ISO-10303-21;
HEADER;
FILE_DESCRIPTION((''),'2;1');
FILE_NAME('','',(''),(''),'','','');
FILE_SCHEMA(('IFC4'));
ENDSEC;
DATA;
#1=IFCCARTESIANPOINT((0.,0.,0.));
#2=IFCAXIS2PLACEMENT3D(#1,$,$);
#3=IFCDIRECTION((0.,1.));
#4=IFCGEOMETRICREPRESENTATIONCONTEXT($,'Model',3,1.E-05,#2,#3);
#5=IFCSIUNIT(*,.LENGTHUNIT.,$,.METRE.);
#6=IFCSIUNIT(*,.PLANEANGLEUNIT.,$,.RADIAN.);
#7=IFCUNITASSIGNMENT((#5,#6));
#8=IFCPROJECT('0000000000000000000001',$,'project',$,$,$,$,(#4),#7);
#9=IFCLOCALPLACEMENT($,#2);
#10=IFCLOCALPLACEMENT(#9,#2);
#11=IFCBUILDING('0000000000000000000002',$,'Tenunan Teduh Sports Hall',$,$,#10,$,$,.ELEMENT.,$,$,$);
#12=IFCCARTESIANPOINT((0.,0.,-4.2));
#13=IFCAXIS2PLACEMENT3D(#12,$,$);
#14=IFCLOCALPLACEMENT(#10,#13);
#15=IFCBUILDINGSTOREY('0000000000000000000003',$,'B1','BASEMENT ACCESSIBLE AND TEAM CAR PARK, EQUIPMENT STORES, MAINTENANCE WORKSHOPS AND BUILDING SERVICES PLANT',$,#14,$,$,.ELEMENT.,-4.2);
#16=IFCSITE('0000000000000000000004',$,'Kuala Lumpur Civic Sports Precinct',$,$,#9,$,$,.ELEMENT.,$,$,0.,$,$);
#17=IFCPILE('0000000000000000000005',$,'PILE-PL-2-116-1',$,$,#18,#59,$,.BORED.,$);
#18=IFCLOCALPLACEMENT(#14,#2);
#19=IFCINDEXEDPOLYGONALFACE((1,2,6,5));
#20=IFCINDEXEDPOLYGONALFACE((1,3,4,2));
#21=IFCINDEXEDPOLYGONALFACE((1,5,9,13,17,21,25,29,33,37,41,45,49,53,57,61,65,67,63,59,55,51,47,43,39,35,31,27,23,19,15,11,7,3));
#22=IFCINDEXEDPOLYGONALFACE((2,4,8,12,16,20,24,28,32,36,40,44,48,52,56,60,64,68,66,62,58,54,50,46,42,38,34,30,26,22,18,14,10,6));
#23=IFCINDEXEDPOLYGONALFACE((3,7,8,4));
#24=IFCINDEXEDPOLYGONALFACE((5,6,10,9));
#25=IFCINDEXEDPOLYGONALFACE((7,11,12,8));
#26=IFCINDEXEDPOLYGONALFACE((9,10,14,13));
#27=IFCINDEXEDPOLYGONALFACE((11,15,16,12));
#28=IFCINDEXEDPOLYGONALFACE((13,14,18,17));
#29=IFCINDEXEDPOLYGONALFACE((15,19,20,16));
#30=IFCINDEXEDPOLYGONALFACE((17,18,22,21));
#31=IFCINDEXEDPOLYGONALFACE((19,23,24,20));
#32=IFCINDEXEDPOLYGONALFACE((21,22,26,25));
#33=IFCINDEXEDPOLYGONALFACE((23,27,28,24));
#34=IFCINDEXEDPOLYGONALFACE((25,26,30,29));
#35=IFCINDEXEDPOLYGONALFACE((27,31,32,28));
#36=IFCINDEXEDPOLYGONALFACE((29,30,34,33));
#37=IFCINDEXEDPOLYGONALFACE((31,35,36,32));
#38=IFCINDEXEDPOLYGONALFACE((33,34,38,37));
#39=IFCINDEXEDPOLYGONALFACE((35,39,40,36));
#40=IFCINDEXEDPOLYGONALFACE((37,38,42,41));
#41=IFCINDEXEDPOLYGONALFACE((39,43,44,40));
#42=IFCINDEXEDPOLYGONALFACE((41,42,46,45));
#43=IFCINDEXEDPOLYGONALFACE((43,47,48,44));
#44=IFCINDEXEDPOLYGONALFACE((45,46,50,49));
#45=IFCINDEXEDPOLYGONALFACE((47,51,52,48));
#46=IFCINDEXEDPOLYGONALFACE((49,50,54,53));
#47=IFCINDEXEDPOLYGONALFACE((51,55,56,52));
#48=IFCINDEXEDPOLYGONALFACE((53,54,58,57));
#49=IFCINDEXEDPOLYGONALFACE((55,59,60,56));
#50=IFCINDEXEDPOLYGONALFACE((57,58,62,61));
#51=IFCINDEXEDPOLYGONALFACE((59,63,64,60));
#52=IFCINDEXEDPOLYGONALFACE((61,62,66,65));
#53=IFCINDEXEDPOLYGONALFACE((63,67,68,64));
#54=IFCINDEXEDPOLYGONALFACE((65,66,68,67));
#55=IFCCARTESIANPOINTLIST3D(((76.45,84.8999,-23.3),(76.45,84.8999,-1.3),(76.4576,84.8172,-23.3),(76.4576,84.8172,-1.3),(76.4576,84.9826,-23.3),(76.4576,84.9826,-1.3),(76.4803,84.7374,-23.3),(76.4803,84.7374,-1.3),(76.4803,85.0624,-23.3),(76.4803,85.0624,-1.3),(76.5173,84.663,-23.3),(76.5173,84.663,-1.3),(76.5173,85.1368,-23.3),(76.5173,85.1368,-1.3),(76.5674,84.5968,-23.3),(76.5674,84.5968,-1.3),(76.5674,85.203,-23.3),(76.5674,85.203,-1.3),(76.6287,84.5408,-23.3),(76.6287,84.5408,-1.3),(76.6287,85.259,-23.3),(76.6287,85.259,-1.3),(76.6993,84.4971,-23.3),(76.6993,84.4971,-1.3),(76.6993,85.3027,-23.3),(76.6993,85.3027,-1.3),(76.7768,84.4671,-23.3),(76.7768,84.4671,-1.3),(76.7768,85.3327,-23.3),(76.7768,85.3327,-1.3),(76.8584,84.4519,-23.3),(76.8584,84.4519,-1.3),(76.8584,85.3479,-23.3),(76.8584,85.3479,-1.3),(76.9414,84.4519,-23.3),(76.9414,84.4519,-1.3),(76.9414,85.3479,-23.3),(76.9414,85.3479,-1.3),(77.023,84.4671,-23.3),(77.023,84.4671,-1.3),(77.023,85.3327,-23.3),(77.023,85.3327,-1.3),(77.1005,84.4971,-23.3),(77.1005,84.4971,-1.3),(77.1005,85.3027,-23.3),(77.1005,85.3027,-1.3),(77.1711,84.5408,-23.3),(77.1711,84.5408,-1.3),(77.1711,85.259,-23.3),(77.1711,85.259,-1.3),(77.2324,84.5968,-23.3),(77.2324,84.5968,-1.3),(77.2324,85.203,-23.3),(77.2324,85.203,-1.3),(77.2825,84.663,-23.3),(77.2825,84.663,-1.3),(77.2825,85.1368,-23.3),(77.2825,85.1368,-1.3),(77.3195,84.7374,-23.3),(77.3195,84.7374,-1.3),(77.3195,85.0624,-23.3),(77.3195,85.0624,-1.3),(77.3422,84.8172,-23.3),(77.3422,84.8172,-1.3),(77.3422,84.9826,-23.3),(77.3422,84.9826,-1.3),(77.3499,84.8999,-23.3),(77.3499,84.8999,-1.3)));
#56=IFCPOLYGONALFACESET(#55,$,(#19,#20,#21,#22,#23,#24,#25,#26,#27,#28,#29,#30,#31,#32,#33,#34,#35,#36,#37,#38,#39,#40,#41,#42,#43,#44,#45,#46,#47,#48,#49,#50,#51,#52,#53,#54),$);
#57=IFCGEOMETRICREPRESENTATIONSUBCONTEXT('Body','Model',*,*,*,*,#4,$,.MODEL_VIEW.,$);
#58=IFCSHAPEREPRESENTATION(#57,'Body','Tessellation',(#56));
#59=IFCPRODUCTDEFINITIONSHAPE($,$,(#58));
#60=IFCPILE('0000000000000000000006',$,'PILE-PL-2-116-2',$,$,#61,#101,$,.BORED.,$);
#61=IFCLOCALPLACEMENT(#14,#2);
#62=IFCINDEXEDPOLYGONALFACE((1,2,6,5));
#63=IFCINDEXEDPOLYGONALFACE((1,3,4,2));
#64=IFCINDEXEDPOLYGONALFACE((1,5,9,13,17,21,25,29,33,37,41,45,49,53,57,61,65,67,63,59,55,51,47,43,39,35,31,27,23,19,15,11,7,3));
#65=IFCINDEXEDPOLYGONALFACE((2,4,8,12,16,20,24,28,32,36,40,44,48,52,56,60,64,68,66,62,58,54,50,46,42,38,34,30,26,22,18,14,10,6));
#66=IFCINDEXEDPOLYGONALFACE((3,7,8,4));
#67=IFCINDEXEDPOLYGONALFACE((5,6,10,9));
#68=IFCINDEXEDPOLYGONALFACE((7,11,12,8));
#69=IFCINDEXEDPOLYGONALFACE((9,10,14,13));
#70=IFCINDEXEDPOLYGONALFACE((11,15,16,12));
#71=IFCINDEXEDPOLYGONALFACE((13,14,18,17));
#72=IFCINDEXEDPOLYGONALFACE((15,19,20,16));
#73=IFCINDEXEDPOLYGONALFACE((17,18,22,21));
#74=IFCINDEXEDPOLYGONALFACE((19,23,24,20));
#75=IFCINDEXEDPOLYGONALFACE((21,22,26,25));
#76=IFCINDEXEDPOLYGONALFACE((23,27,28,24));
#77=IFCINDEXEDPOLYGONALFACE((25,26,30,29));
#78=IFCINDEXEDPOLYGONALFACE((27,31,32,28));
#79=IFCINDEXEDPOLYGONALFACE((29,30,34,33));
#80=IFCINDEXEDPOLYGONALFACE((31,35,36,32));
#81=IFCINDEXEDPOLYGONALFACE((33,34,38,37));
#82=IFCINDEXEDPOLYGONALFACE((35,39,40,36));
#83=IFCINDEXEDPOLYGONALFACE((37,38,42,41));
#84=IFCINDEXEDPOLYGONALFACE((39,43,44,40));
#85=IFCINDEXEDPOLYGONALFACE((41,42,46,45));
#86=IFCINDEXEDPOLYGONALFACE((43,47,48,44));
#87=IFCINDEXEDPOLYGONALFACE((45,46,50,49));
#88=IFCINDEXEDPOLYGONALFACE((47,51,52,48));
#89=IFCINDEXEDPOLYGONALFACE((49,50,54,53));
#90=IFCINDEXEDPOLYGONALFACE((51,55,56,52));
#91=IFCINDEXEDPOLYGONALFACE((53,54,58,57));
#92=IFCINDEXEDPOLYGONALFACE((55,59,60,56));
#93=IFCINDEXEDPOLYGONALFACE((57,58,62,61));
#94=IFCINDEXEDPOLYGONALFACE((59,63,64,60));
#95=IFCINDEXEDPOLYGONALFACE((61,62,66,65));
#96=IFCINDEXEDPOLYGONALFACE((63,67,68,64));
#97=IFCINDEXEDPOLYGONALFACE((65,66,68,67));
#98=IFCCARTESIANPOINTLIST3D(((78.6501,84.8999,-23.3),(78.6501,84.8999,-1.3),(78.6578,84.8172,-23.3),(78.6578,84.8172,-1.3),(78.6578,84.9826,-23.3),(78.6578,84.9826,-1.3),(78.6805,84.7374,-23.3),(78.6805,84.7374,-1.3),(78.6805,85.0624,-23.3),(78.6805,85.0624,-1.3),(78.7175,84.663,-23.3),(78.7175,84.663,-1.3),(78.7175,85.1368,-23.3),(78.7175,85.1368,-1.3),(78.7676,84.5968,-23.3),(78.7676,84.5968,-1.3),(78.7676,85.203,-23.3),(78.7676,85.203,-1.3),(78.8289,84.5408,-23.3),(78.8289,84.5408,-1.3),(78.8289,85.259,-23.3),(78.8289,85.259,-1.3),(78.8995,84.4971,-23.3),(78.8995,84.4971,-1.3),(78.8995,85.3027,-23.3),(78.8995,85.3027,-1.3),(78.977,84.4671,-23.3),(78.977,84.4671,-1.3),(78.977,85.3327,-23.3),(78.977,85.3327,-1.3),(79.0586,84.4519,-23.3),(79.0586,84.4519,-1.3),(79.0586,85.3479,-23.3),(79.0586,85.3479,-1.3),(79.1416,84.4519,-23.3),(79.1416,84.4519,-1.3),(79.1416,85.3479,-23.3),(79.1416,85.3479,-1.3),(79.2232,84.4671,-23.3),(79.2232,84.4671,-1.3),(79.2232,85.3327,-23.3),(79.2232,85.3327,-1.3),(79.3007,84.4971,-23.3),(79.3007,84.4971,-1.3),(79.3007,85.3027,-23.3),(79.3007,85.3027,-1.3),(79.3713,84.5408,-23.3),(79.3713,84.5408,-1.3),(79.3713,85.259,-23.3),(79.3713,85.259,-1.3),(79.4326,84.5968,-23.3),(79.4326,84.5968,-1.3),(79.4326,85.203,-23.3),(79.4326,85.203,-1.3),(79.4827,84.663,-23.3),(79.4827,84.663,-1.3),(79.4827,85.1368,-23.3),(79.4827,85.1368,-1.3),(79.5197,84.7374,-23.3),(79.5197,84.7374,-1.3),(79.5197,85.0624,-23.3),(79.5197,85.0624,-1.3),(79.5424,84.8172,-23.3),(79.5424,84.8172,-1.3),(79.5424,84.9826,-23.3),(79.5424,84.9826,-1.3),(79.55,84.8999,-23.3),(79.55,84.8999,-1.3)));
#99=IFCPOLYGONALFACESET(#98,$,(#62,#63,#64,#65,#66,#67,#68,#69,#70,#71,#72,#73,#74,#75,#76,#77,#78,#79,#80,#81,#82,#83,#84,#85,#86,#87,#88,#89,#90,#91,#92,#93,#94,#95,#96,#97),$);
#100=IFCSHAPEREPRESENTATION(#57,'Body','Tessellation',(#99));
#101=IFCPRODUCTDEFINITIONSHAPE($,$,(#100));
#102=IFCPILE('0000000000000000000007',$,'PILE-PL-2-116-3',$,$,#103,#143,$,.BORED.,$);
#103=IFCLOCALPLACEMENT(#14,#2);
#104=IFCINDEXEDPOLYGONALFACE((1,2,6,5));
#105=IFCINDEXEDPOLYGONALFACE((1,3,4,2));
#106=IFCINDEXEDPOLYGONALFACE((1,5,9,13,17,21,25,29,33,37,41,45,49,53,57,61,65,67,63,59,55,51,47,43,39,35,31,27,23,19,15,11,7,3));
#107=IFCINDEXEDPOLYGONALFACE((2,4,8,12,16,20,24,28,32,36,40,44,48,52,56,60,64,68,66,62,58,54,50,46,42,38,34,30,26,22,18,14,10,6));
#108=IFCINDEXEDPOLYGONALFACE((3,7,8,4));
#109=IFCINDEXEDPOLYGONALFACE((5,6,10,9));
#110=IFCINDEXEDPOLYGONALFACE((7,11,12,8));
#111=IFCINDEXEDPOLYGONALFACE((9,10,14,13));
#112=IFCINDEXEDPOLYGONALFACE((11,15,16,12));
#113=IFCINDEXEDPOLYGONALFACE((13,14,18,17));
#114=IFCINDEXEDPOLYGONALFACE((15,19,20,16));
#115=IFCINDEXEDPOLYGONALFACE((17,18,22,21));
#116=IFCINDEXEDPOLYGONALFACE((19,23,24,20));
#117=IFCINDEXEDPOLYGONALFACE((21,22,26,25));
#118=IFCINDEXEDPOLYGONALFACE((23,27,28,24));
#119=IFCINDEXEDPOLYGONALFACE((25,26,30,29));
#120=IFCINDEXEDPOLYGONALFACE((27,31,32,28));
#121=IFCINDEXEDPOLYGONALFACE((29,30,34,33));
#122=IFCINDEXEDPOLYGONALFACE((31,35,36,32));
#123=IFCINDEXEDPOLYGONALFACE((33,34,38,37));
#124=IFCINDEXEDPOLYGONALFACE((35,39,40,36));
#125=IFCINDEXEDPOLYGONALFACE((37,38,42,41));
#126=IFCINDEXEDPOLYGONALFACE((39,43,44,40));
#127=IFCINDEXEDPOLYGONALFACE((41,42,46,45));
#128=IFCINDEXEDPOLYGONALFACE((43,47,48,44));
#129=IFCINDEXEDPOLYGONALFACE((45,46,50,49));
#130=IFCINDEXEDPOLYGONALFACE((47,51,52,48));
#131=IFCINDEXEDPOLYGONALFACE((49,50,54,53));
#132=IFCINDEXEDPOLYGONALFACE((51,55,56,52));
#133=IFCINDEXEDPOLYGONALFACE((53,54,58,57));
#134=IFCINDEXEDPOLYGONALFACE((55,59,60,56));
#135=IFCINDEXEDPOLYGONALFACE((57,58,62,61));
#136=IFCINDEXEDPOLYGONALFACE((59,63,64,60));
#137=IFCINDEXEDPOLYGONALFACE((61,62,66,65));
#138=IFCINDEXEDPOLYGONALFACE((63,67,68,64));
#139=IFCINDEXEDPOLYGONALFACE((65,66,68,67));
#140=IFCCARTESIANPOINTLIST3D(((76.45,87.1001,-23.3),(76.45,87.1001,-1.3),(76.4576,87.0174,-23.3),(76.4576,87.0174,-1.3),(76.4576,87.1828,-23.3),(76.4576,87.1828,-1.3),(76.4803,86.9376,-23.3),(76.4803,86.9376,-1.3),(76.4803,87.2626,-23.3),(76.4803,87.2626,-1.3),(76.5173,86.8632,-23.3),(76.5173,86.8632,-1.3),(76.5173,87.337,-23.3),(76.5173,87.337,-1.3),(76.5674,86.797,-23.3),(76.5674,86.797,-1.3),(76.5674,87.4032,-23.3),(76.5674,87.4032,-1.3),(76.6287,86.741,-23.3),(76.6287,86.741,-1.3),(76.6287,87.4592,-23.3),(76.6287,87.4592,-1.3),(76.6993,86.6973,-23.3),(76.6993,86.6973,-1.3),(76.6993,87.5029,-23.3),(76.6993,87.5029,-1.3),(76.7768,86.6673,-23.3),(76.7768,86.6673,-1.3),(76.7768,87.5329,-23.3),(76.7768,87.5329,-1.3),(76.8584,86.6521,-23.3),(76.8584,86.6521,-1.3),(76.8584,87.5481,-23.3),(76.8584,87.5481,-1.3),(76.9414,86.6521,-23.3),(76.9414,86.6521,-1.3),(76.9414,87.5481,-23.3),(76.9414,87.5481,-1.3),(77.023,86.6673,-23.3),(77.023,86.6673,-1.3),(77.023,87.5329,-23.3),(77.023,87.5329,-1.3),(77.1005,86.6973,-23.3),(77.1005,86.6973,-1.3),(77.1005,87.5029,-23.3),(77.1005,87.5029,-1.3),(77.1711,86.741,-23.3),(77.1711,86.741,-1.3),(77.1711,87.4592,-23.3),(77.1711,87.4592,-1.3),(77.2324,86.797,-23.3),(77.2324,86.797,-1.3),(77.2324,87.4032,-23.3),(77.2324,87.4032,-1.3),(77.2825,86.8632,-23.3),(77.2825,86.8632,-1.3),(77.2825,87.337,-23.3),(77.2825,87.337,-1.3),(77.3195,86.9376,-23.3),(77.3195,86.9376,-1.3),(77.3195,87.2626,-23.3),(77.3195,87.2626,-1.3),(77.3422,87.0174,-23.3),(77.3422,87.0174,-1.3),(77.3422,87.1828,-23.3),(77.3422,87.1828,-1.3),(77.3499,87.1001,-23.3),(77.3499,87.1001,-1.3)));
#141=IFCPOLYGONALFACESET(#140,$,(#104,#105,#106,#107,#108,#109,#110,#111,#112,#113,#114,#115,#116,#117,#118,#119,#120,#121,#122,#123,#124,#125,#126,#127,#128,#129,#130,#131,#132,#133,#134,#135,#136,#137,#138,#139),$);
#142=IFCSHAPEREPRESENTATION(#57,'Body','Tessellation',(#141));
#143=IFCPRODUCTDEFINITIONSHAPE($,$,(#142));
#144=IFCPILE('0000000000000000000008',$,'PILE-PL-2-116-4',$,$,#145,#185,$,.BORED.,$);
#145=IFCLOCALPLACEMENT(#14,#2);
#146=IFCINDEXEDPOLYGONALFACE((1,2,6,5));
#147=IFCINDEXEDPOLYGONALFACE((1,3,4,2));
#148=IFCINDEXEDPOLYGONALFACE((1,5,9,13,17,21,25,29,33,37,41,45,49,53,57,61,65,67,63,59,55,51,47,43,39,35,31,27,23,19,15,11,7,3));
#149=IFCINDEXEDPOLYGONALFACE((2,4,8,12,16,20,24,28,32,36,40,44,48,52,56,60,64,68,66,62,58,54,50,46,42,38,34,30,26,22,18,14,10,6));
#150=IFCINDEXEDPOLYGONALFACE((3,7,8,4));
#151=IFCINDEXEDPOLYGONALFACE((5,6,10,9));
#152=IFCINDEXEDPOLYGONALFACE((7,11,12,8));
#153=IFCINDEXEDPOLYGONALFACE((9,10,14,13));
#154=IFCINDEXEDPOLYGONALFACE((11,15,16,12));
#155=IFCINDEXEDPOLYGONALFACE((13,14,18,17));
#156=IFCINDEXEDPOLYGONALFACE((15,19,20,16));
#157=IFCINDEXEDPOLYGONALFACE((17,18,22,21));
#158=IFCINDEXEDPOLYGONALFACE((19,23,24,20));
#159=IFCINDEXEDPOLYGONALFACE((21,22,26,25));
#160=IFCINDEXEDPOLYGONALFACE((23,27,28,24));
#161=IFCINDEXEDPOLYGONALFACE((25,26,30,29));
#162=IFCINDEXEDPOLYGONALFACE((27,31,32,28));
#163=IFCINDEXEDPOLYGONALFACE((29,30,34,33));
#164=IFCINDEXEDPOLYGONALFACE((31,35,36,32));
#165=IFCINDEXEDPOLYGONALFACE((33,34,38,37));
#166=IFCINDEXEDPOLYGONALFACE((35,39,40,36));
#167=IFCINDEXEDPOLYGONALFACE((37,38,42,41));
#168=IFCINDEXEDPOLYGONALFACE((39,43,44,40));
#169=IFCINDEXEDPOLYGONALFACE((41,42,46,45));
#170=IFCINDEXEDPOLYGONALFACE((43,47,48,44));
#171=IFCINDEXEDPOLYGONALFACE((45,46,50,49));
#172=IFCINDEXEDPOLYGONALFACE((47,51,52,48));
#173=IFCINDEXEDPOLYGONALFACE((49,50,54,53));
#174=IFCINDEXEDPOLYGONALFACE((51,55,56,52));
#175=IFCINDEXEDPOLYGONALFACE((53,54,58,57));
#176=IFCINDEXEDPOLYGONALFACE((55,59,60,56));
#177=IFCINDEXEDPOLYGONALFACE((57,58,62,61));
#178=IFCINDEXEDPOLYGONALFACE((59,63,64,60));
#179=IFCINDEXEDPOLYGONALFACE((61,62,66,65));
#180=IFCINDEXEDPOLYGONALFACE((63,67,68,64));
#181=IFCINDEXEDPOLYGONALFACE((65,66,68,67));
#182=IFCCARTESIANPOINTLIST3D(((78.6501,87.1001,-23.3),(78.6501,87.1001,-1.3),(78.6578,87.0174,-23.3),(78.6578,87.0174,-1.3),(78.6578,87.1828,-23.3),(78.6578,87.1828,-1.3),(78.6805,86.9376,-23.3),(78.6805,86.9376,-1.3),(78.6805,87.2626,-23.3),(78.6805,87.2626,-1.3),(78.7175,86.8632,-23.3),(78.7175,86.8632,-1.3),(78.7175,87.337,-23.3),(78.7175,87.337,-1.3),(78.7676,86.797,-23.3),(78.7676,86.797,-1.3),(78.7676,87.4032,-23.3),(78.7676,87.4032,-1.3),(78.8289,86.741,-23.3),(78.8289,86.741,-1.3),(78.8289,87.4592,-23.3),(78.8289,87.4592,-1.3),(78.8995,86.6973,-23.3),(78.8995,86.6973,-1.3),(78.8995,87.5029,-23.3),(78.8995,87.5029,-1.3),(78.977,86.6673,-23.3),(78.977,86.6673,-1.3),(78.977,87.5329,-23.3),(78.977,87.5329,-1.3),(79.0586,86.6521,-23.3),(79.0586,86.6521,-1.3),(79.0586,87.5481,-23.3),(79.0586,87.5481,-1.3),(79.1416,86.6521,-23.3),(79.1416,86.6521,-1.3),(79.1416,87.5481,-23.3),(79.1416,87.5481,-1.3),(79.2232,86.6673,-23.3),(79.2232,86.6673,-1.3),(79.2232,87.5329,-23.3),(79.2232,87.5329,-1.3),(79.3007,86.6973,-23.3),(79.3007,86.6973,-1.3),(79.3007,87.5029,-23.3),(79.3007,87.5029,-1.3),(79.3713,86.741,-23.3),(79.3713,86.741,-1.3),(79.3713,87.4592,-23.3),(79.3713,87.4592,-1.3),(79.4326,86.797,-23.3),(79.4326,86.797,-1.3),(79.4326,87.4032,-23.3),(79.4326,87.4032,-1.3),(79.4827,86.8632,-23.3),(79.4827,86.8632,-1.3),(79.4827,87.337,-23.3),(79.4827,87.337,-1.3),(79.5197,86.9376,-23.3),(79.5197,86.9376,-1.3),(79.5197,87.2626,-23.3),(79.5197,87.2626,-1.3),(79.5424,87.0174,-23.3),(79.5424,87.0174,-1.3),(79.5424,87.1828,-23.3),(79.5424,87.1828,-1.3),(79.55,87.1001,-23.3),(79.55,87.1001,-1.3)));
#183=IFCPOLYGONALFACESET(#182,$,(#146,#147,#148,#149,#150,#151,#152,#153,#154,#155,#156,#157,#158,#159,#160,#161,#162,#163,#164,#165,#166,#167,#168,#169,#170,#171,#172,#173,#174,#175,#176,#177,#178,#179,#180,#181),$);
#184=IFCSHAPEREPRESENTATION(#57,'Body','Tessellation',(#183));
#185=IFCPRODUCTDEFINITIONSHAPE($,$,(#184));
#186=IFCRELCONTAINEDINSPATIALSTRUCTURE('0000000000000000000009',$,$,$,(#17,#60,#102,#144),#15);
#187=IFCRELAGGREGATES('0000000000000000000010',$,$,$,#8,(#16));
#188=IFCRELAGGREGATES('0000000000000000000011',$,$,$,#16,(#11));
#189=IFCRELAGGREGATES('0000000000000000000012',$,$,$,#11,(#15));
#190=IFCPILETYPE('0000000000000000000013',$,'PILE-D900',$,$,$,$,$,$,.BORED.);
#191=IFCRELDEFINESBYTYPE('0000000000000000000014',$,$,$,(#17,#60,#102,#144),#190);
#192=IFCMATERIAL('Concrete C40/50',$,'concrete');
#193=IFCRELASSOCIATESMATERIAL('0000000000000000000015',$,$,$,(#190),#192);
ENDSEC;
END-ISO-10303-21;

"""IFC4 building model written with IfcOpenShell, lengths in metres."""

from ifc_helpers import new_model, si_unit, direction, frame, origin, origin_2d, place, context, subcontext, project, spatial, circle, extrude, material, material_profile, profile_set, type_object, element, save


model = new_model("IFC4")

# Units and contexts
model_context = context("Model", 3, precision=1e-05, world=origin(), true_north=direction((0.0, 1.0)))
body_context = subcontext(model_context, "Body", "Model", "MODEL_VIEW")
ifc_project = project(units=[si_unit("LENGTHUNIT", "METRE"), si_unit("PLANEANGLEUNIT", "RADIAN")], contexts=[model_context])

# Site, building, storey
site_placement = place(None, origin())
site = spatial("IfcSite", under=ifc_project, at=site_placement, Name="Kuala Lumpur Civic Sports Precinct", CompositionType="ELEMENT", RefElevation=0.0)
building_placement = place(site_placement, origin())
building = spatial("IfcBuilding", under=site, at=building_placement, Name="Tenunan Teduh Sports Hall", CompositionType="ELEMENT")
storey_placement = place(building_placement, frame((0.0, 0.0, -4.2)))
storey = spatial("IfcBuildingStorey", under=building, at=storey_placement, Name="B1", Description="BASEMENT ACCESSIBLE AND TEAM CAR PARK, EQUIPMENT STORES, MAINTENANCE WORKSHOPS AND BUILDING SERVICES PLANT", CompositionType="ELEMENT", Elevation=-4.2)

# Piles
ifc_material_1 = material(Name="Concrete C40/50", Category="concrete")
ifc_material_profile_1 = material_profile(ifc_material_1, circle(Radius=0.45, at=origin_2d()), Name="PILE D900")
ifc_profile_set_1 = profile_set([ifc_material_profile_1], Name="Concrete C40/50")
pile_type_1 = type_object("IfcPileType", Name="PILE-D900", PredefinedType="BORED", material=ifc_profile_set_1)
for number, where, z_axis, x_axis, name in (
    (1, (76.8999, 84.8999, -1.3), (0.0, 0.0, -1.0), (1.0, 0.0, 0.0), "PILE-PL-2-116-1"),
    (2, (79.1001, 84.8999, -1.3), (0.0, 0.0, -1.0), (1.0, 0.0, 0.0), "PILE-PL-2-116-2"),
    (3, (76.8999, 87.1001, -1.3), (0.0, 0.0, -1.0), (1.0, 0.0, 0.0), "PILE-PL-2-116-3"),
    (4, (79.1001, 87.1001, -1.3), (0.0, 0.0, -1.0), (1.0, 0.0, 0.0), "PILE-PL-2-116-4"),
):
    element("IfcPile", number, at=place(storey_placement, frame(where, z_axis=z_axis, x_axis=x_axis)), inside=storey, type_object=pile_type_1, Name=name, PredefinedType="BORED", context=body_context, shape_type="SweptSolid", body=[
        extrude(circle(Radius=0.45, at=origin_2d()), origin(), (0.0, 0.0, 1.0), 22.0),
    ])

save(model, "model.ifc")
